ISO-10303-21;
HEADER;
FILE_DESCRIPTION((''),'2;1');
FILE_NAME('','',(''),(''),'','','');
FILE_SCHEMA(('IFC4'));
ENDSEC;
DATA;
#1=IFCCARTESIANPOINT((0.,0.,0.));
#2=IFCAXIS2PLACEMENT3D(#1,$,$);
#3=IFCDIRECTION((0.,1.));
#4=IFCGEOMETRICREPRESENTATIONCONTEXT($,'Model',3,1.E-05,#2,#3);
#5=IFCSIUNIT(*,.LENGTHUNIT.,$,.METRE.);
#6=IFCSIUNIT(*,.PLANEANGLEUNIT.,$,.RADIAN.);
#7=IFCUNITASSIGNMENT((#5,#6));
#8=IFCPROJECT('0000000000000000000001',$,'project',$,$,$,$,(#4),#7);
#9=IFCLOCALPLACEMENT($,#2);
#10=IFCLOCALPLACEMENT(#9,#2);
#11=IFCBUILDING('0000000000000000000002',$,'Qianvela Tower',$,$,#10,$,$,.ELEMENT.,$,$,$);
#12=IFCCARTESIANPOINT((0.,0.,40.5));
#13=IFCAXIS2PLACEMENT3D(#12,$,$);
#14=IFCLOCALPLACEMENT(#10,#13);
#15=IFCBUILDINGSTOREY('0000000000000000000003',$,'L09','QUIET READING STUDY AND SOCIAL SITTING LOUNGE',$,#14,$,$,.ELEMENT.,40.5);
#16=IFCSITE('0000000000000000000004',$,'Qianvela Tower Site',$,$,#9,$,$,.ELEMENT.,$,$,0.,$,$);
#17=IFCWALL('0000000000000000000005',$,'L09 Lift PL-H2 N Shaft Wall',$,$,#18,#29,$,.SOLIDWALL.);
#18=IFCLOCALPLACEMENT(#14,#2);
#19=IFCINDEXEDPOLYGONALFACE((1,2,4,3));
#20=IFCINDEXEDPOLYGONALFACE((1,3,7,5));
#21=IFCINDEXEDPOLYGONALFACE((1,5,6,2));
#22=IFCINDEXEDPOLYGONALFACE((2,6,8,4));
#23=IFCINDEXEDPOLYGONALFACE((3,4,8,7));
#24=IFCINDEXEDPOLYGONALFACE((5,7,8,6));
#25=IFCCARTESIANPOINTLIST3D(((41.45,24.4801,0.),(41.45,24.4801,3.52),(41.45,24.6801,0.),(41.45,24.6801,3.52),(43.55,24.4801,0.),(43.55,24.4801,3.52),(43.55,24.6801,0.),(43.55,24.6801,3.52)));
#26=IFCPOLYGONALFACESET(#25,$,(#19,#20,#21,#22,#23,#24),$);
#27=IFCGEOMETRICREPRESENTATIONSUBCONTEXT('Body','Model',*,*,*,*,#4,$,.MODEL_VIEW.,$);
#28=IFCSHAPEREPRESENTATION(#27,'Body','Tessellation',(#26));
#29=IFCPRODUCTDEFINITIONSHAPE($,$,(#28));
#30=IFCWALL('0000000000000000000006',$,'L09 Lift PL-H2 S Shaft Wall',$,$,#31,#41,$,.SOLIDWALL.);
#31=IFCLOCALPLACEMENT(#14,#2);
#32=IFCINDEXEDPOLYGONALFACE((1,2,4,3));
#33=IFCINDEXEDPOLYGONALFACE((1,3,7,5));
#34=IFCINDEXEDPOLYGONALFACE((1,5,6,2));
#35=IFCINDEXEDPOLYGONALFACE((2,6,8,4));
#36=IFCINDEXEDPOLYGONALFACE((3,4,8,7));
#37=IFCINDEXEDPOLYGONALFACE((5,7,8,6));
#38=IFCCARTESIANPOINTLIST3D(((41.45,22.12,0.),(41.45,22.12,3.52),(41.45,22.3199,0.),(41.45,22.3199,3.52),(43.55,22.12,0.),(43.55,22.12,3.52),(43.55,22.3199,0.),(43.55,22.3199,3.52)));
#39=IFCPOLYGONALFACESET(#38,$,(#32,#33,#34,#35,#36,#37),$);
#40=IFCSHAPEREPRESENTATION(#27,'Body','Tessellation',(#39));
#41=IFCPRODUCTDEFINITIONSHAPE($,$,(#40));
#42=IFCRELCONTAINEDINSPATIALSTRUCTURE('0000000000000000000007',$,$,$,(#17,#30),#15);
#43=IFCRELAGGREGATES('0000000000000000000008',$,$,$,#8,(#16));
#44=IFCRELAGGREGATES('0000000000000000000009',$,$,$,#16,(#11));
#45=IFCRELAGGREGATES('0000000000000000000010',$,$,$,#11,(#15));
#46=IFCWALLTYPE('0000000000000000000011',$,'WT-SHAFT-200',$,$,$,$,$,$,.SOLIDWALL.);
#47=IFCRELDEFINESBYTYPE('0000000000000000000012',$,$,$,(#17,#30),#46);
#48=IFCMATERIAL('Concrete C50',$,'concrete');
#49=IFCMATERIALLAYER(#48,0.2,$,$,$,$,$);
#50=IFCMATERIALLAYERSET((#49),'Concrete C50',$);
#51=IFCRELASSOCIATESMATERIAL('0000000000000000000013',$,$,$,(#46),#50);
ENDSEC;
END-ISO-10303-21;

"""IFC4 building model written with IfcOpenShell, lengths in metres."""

from ifc_helpers import new_model, si_unit, direction, frame, frame_2d, origin, place, context, subcontext, project, spatial, rectangle, extrude, material, layer, layer_set, type_object, element, save


model = new_model("IFC4")

# Units and contexts
model_context = context("Model", 3, precision=1e-05, world=origin(), true_north=direction((0.0, 1.0)))
body_context = subcontext(model_context, "Body", "Model", "MODEL_VIEW")
ifc_project = project(units=[si_unit("LENGTHUNIT", "METRE"), si_unit("PLANEANGLEUNIT", "RADIAN")], contexts=[model_context])

# Site, building, storey
site_placement = place(None, origin())
site = spatial("IfcSite", under=ifc_project, at=site_placement, Name="Qianvela Tower Site", CompositionType="ELEMENT", RefElevation=0.0)
building_placement = place(site_placement, origin())
building = spatial("IfcBuilding", under=site, at=building_placement, Name="Qianvela Tower", CompositionType="ELEMENT")
storey_placement = place(building_placement, frame((0.0, 0.0, 40.5)))
storey = spatial("IfcBuildingStorey", under=building, at=storey_placement, Name="L09", Description="QUIET READING STUDY AND SOCIAL SITTING LOUNGE", CompositionType="ELEMENT", Elevation=40.5)

# Walls
ifc_material_1 = material(Name="Concrete C50", Category="concrete")
ifc_layer_1 = layer(ifc_material_1, 0.2)
ifc_layer_set_1 = layer_set([ifc_layer_1], Name="Concrete C50")
wall_type_1 = type_object("IfcWallType", Name="WT-SHAFT-200", PredefinedType="SOLIDWALL", material=ifc_layer_set_1)
for number, where, z_axis, x_axis, name in (
    (1, (41.45, 24.5801, 0.0), (0.0, 0.0, 1.0), (1.0, 0.0, 0.0), "L09 Lift PL-H2 N Shaft Wall"),
    (2, (41.45, 22.22, 0.0), (0.0, 0.0, 1.0), (1.0, 0.0, 0.0), "L09 Lift PL-H2 S Shaft Wall"),
):
    element("IfcWall", number, at=place(storey_placement, frame(where, z_axis=z_axis, x_axis=x_axis)), inside=storey, type_object=wall_type_1, Name=name, PredefinedType="SOLIDWALL", context=body_context, shape_type="SweptSolid", body=[
        extrude(rectangle(XDim=2.1001, YDim=0.2, at=frame_2d((1.05, 0.0))), origin(), (0.0, 0.0, 1.0), 3.52),
    ])

save(model, "model.ifc")
